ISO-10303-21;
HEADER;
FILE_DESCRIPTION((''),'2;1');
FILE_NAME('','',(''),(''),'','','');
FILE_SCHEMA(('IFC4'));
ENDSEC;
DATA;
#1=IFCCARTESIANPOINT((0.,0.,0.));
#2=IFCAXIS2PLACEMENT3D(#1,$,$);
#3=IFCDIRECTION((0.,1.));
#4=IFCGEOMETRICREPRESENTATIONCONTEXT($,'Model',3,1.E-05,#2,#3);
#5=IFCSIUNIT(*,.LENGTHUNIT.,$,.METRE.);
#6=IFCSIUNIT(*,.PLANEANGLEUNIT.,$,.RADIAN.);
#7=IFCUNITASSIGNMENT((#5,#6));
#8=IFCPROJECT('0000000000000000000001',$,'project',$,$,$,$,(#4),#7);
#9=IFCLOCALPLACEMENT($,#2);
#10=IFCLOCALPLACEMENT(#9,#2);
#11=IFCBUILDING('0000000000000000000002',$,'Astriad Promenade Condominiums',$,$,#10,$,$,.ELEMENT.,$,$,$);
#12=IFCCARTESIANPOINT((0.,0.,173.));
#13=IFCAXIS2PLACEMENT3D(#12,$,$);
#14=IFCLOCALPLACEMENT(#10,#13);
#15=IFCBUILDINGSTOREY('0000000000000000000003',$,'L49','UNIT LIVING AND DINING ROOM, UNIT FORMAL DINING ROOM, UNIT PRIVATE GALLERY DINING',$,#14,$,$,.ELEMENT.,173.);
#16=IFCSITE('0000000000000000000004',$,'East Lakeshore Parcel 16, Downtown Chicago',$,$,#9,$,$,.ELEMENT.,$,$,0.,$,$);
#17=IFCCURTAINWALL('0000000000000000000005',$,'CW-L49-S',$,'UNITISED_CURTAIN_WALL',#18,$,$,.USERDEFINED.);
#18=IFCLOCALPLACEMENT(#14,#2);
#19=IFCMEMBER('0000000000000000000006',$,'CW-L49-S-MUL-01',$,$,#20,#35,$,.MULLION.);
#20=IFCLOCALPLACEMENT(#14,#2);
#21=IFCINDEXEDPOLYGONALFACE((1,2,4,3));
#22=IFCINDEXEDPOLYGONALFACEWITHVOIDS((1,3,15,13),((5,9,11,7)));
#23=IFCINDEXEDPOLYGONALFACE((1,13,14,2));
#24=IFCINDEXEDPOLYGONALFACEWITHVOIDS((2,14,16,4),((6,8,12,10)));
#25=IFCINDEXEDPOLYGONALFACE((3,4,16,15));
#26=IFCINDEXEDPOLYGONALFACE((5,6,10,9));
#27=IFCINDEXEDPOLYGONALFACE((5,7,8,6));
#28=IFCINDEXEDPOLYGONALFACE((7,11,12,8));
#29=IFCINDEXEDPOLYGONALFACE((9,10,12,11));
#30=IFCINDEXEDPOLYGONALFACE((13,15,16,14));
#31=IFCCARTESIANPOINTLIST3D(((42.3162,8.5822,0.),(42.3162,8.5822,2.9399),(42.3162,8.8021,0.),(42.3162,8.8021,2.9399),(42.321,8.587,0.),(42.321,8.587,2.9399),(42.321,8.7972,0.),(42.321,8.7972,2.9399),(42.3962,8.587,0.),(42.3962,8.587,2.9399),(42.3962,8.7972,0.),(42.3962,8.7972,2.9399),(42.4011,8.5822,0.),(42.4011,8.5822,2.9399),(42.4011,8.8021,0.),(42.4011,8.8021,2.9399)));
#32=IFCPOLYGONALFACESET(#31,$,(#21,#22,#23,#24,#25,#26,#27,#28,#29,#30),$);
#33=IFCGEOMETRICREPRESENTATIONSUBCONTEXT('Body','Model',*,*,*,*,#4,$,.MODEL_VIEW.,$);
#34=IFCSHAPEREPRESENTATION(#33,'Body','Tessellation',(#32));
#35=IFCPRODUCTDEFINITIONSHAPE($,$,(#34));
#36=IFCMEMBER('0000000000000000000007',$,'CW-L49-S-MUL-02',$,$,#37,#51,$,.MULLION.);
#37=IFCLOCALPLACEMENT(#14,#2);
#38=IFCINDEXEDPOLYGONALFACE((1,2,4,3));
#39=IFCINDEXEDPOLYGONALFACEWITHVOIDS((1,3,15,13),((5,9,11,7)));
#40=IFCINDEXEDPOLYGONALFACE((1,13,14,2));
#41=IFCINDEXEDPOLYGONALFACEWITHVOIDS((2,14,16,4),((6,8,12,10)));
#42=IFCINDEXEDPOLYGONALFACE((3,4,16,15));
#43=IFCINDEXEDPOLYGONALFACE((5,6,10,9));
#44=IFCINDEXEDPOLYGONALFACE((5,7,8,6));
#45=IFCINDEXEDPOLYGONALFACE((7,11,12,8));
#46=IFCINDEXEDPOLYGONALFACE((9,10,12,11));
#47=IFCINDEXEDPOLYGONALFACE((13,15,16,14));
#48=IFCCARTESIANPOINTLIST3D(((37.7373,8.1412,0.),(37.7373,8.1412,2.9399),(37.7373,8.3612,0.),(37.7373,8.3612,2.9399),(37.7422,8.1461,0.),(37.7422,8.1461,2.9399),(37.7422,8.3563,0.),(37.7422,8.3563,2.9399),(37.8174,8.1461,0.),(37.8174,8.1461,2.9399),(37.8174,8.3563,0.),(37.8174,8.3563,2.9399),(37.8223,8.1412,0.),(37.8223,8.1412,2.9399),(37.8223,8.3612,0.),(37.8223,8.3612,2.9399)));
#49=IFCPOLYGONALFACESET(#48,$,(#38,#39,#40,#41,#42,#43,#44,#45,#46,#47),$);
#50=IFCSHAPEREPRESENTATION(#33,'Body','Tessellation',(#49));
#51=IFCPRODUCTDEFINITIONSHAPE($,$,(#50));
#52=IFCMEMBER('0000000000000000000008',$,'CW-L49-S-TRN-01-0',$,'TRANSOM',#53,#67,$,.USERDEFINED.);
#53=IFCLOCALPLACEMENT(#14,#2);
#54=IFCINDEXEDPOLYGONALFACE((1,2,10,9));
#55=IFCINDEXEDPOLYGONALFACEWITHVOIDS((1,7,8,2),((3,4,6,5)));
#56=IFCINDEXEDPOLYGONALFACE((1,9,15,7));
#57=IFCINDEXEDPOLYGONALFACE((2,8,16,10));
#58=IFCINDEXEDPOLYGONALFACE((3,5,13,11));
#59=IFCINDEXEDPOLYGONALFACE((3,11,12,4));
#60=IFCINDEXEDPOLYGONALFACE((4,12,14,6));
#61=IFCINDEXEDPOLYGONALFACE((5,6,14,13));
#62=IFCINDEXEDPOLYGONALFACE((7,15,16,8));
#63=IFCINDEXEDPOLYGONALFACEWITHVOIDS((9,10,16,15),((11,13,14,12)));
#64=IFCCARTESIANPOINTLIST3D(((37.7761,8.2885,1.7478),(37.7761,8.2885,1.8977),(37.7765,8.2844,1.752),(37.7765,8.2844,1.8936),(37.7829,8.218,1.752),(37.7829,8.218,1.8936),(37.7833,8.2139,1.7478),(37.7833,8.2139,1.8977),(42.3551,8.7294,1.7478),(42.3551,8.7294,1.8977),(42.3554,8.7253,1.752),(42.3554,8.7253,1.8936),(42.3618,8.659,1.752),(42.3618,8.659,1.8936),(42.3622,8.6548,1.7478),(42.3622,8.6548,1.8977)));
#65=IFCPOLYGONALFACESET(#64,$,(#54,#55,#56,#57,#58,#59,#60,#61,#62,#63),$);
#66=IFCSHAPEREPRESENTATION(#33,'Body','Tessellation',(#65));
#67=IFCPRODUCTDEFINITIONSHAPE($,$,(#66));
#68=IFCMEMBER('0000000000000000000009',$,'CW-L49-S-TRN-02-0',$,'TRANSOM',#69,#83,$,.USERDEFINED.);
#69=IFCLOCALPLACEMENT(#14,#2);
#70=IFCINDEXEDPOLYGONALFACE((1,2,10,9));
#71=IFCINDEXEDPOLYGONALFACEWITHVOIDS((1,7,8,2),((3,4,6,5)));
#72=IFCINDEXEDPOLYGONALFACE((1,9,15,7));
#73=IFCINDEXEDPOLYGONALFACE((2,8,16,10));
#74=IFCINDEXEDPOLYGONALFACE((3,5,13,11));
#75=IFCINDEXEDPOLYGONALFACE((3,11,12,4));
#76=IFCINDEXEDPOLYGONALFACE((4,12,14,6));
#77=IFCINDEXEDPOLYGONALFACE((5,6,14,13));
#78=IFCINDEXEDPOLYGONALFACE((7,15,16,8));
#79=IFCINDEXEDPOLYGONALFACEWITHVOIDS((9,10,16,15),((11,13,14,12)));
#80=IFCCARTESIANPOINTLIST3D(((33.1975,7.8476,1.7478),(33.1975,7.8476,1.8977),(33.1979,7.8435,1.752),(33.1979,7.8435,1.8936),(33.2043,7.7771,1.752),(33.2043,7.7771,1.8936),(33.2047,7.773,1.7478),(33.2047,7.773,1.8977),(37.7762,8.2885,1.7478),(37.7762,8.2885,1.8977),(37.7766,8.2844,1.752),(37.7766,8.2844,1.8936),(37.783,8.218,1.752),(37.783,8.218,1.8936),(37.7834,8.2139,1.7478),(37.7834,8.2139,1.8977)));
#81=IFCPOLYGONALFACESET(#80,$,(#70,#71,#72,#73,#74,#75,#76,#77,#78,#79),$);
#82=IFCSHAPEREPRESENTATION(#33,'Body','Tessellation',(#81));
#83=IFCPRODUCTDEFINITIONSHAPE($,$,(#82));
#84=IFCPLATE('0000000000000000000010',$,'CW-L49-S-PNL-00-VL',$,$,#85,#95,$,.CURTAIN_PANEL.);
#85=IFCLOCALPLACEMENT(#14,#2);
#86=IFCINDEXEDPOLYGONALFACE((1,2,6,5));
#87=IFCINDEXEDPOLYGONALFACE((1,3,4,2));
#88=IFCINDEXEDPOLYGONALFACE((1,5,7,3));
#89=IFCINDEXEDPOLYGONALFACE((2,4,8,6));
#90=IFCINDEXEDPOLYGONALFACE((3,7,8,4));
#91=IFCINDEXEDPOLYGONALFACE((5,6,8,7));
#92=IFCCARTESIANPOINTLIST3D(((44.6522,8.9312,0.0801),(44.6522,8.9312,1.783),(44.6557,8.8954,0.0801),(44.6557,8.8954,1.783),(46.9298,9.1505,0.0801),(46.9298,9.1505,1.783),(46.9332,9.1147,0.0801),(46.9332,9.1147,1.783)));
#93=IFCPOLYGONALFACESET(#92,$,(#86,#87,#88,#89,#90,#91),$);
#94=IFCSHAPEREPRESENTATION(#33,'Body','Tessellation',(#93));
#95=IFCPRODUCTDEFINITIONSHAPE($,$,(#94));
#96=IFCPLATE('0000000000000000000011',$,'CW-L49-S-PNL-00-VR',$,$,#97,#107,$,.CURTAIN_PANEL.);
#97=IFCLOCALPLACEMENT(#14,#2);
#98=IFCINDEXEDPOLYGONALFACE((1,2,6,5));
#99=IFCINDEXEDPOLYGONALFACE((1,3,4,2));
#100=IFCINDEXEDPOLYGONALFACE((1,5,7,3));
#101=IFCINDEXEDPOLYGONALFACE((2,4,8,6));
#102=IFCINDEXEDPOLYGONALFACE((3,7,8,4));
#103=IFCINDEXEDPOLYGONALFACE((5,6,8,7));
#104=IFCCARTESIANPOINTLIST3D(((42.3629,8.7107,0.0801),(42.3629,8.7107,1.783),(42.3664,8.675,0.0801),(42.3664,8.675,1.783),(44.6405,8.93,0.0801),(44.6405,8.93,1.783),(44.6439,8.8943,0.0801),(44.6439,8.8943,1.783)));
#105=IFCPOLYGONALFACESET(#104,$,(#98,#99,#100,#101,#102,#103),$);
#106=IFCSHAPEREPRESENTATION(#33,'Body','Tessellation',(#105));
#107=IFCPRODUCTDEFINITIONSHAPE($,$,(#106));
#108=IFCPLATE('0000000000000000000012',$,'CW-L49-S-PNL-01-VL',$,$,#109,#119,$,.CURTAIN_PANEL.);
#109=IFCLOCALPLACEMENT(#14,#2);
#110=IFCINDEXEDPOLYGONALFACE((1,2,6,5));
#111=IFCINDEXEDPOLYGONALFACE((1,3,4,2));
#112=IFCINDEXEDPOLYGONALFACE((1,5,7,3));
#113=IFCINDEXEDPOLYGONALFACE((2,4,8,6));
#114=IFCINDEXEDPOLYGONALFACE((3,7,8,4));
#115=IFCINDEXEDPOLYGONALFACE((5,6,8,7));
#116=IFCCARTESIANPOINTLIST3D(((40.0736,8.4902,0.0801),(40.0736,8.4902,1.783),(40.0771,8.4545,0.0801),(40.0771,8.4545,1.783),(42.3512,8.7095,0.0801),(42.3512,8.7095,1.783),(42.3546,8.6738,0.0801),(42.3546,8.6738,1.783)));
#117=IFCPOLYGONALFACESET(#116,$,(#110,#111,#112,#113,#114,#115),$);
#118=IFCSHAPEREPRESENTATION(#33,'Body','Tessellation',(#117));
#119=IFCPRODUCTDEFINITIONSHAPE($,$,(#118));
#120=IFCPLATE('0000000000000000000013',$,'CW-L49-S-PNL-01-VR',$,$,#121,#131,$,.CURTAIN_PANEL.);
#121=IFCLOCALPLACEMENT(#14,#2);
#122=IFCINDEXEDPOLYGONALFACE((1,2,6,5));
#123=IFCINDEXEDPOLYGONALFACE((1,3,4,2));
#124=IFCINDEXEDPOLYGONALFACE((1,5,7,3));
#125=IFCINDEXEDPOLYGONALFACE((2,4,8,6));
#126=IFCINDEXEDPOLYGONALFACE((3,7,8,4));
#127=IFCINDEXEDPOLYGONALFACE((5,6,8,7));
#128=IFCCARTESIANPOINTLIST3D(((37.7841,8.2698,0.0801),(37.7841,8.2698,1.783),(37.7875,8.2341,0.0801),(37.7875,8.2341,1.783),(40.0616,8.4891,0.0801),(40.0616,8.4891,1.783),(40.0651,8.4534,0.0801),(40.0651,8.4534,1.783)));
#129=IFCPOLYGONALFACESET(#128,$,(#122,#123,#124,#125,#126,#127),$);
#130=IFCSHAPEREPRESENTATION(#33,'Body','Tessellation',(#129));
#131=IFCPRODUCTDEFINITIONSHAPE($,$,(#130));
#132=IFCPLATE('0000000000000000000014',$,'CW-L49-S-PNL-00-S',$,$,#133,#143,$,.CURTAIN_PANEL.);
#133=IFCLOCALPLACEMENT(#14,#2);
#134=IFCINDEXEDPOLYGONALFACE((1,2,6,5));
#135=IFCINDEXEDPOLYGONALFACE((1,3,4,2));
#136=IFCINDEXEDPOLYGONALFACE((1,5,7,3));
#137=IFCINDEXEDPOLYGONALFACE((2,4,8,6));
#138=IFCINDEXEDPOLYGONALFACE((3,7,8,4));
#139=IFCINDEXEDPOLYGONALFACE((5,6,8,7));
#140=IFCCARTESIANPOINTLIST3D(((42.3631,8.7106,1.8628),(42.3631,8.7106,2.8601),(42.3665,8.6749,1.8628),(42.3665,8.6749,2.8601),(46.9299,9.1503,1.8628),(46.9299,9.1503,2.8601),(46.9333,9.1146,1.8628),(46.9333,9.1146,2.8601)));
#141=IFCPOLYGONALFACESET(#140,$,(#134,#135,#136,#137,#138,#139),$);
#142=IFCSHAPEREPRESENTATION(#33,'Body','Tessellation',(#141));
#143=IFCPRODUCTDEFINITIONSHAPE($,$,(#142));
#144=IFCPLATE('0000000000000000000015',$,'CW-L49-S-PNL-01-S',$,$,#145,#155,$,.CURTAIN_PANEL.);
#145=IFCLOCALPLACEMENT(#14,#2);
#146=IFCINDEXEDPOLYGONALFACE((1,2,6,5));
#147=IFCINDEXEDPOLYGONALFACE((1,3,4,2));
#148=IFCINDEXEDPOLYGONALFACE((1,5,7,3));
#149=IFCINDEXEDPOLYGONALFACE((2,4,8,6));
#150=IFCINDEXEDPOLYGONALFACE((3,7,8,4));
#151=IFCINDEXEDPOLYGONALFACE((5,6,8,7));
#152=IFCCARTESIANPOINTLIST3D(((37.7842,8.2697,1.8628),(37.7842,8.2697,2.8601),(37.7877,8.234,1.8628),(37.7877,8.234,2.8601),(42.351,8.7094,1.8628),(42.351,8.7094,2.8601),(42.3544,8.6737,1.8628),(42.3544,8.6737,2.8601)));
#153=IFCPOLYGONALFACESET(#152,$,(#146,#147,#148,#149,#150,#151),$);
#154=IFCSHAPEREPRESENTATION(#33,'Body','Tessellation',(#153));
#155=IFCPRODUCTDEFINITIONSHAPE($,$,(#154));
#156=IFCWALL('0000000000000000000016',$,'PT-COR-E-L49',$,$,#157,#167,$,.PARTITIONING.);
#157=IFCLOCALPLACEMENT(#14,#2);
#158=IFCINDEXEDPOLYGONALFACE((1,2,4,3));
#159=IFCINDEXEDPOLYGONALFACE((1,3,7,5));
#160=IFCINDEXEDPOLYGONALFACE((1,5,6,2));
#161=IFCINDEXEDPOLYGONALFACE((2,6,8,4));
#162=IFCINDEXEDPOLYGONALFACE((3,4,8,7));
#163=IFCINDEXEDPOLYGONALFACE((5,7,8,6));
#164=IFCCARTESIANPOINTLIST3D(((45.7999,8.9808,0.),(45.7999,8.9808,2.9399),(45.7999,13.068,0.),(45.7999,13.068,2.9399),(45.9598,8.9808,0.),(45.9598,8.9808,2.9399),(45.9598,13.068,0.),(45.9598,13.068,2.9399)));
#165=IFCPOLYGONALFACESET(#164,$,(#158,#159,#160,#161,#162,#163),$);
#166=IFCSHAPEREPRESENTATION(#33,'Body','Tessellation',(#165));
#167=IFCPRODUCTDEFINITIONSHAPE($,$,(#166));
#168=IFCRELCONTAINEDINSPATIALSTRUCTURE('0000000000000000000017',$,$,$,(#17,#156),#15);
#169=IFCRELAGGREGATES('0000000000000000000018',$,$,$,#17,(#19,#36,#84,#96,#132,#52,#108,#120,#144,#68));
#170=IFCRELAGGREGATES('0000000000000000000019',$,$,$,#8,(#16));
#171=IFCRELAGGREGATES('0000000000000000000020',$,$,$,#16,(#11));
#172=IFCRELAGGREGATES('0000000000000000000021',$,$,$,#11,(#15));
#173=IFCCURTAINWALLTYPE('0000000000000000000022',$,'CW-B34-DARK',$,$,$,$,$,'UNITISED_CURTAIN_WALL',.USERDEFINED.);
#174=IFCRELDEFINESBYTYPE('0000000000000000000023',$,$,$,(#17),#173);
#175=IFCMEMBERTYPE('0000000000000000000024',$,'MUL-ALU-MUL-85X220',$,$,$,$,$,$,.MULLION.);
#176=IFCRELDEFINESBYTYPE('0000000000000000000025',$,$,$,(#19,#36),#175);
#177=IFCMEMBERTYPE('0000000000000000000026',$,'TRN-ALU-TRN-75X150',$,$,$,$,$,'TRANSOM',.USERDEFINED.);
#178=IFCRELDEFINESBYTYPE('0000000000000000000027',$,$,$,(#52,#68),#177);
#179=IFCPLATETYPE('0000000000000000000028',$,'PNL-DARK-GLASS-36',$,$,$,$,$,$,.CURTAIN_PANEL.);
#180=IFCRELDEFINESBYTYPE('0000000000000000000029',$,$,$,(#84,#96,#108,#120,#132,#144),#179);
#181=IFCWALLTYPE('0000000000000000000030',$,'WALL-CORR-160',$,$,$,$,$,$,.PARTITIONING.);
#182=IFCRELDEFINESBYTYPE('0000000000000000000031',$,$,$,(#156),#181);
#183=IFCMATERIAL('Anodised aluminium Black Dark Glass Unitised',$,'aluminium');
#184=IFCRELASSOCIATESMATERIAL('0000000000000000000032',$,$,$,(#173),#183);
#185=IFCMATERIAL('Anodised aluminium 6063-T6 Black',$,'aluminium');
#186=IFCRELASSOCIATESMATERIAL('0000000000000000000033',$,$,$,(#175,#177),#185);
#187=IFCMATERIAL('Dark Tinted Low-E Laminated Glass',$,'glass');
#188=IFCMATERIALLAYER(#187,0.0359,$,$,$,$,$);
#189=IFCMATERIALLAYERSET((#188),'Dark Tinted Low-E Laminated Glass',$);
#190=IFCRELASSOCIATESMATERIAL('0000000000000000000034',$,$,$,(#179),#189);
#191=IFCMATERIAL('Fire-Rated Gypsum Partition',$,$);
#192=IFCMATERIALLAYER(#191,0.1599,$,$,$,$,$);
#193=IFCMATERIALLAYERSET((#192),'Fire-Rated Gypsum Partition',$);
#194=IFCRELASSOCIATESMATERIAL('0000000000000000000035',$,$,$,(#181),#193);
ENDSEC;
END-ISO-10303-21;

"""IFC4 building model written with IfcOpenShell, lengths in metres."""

from ifc_helpers import new_model, si_unit, direction, frame, frame_2d, origin, origin_2d, place, context, subcontext, project, spatial, rectangle, hollow_rectangle, extrude, source, transform, mapped, material, layer, layer_set, material_profile, profile_set, type_object, type_shapes, element, aggregate, save


model = new_model("IFC4")

# Units and contexts
model_context = context("Model", 3, precision=1e-05, world=origin(), true_north=direction((0.0, 1.0)))
body_context = subcontext(model_context, "Body", "Model", "MODEL_VIEW")
ifc_project = project(units=[si_unit("LENGTHUNIT", "METRE"), si_unit("PLANEANGLEUNIT", "RADIAN")], contexts=[model_context])

# Site, building, storey
site_placement = place(None, origin())
site = spatial("IfcSite", under=ifc_project, at=site_placement, Name="East Lakeshore Parcel 16, Downtown Chicago", CompositionType="ELEMENT", RefElevation=0.0)
building_placement = place(site_placement, origin())
building = spatial("IfcBuilding", under=site, at=building_placement, Name="Astriad Promenade Condominiums", CompositionType="ELEMENT")
storey_placement = place(building_placement, frame((0.0, 0.0, 173.0)))
storey = spatial("IfcBuildingStorey", under=building, at=storey_placement, Name="L49", Description="UNIT LIVING AND DINING ROOM, UNIT FORMAL DINING ROOM, UNIT PRIVATE GALLERY DINING", CompositionType="ELEMENT", Elevation=173.0)

# Curtain wall, members, plates
ifc_material_1 = material(Name="Anodised aluminium Black Dark Glass Unitised", Category="aluminium")
curtain_wall_type = type_object("IfcCurtainWallType", Name="CW-B34-DARK", ElementType="UNITISED_CURTAIN_WALL", PredefinedType="USERDEFINED", material=ifc_material_1)
curtain_wall_placement = place(storey_placement, origin())
curtain_wall = element("IfcCurtainWall", 1, at=curtain_wall_placement, inside=storey, type_object=curtain_wall_type, Name="CW-L49-S", ObjectType="UNITISED_CURTAIN_WALL", PredefinedType="USERDEFINED")
ifc_material_2 = material(Name="Anodised aluminium 6063-T6 Black", Category="aluminium")
ifc_material_profile_1 = material_profile(ifc_material_2, hollow_rectangle(XDim=0.085, YDim=0.22, WallThickness=0.0049, at=origin_2d()), Name="ALU-MUL-85X220")
ifc_profile_set_1 = profile_set([ifc_material_profile_1], Name="Anodised aluminium 6063-T6 Black")
member_type_1 = type_object("IfcMemberType", Name="MUL-ALU-MUL-85X220", PredefinedType="MULLION", material=ifc_profile_set_1)
shared_shape_1 = source(origin(), body_context, "Body", "SweptSolid", [
    extrude(hollow_rectangle(XDim=0.085, YDim=0.22, WallThickness=0.0049, at=origin_2d()), origin(), (0.0, 0.0, 1.0), 2.9399),
])
type_shapes(member_type_1, [shared_shape_1])
member_1_placement = place(storey_placement, frame((42.3586, 8.6921, 0.0), z_axis=(0.0, 0.0, 1.0), x_axis=(1.0, 0.0, 0.0)))
member_1 = element("IfcMember", 2, at=member_1_placement, type_object=member_type_1, Name="CW-L49-S-MUL-01", PredefinedType="MULLION", context=body_context, shape_type="MappedRepresentation", body=[
    mapped(shared_shape_1, transform((0.0, 0.0, 0.0), scale=1.0)),
])
member_2_placement = place(storey_placement, frame((37.7798, 8.2512, 0.0), z_axis=(0.0, 0.0, 1.0), x_axis=(1.0, 0.0, 0.0)))
member_2 = element("IfcMember", 3, at=member_2_placement, type_object=member_type_1, Name="CW-L49-S-MUL-02", PredefinedType="MULLION", context=body_context, shape_type="MappedRepresentation", body=[
    mapped(shared_shape_1, transform((0.0, 0.0, 0.0), scale=1.0)),
])
ifc_material_profile_2 = material_profile(ifc_material_2, hollow_rectangle(XDim=0.075, YDim=0.1499, WallThickness=0.0042, at=origin_2d()), Name="ALU-TRN-75X150")
ifc_profile_set_2 = profile_set([ifc_material_profile_2], Name="Anodised aluminium 6063-T6 Black")
member_type_2 = type_object("IfcMemberType", Name="TRN-ALU-TRN-75X150", ElementType="TRANSOM", PredefinedType="USERDEFINED", material=ifc_profile_set_2)
shared_shape_2 = source(origin(), body_context, "Body", "SweptSolid", [
    extrude(hollow_rectangle(XDim=0.075, YDim=0.1499, WallThickness=0.0042, at=origin_2d()), origin(), (0.0, 0.0, 1.0), 4.6001),
])
member_3_placement = place(storey_placement, frame((42.3586, 8.6921, 1.8228), z_axis=(-0.995396, -0.095851, 0.0), x_axis=(0.095851, -0.995396, 0.0)))
member_3 = element("IfcMember", 4, at=member_3_placement, type_object=member_type_2, Name="CW-L49-S-TRN-01-0", ObjectType="TRANSOM", PredefinedType="USERDEFINED", context=body_context, shape_type="MappedRepresentation", body=[
    mapped(shared_shape_2, transform((0.0, 0.0, 0.0), scale=1.0)),
])
shared_shape_3 = source(origin(), body_context, "Body", "SweptSolid", [
    extrude(hollow_rectangle(XDim=0.075, YDim=0.1499, WallThickness=0.0042, at=origin_2d()), origin(), (0.0, 0.0, 1.0), 4.5999),
])
type_shapes(member_type_2, [shared_shape_2, shared_shape_3])
member_4_placement = place(storey_placement, frame((37.7798, 8.2512, 1.8228), z_axis=(-0.995395, -0.095856, 0.0), x_axis=(0.095856, -0.995395, 0.0)))
member_4 = element("IfcMember", 5, at=member_4_placement, type_object=member_type_2, Name="CW-L49-S-TRN-02-0", ObjectType="TRANSOM", PredefinedType="USERDEFINED", context=body_context, shape_type="MappedRepresentation", body=[
    mapped(shared_shape_3, transform((0.0, 0.0, 0.0), scale=1.0)),
])
ifc_material_3 = material(Name="Dark Tinted Low-E Laminated Glass", Category="glass")
ifc_layer_1 = layer(ifc_material_3, 0.0359)
ifc_layer_set_1 = layer_set([ifc_layer_1], Name="Dark Tinted Low-E Laminated Glass")
plate_type = type_object("IfcPlateType", Name="PNL-DARK-GLASS-36", PredefinedType="CURTAIN_PANEL", material=ifc_layer_set_1)
shared_shape_4 = source(origin(), body_context, "Body", "SweptSolid", [
    extrude(rectangle(XDim=2.2881, YDim=0.0359, at=origin_2d()), origin(), (0.0, 0.0, 1.0), 1.7029),
])
plate_1_placement = place(storey_placement, frame((45.7927, 9.0229, 0.0801), z_axis=(0.0, 0.0, 1.0), x_axis=(-0.995396, -0.095846, 0.0)))
plate_1 = element("IfcPlate", 6, at=plate_1_placement, type_object=plate_type, Name="CW-L49-S-PNL-00-VL", PredefinedType="CURTAIN_PANEL", context=body_context, shape_type="MappedRepresentation", body=[
    mapped(shared_shape_4, transform((0.0, 0.0, 0.0), scale=1.0)),
])
plate_2_placement = place(storey_placement, frame((43.5034, 8.8025, 0.0801), z_axis=(0.0, 0.0, 1.0), x_axis=(-0.995396, -0.095846, 0.0)))
plate_2 = element("IfcPlate", 7, at=plate_2_placement, type_object=plate_type, Name="CW-L49-S-PNL-00-VR", PredefinedType="CURTAIN_PANEL", context=body_context, shape_type="MappedRepresentation", body=[
    mapped(shared_shape_4, transform((0.0, 0.0, 0.0), scale=1.0)),
])
plate_3_placement = place(storey_placement, frame((41.2141, 8.582, 0.0801), z_axis=(0.0, 0.0, 1.0), x_axis=(-0.995396, -0.095846, 0.0)))
plate_3 = element("IfcPlate", 8, at=plate_3_placement, type_object=plate_type, Name="CW-L49-S-PNL-01-VL", PredefinedType="CURTAIN_PANEL", context=body_context, shape_type="MappedRepresentation", body=[
    mapped(shared_shape_4, transform((0.0, 0.0, 0.0), scale=1.0)),
])
plate_4_placement = place(storey_placement, frame((38.9246, 8.3616, 0.0801), z_axis=(0.0, 0.0, 1.0), x_axis=(-0.995396, -0.095846, 0.0)))
plate_4 = element("IfcPlate", 9, at=plate_4_placement, type_object=plate_type, Name="CW-L49-S-PNL-01-VR", PredefinedType="CURTAIN_PANEL", context=body_context, shape_type="MappedRepresentation", body=[
    mapped(shared_shape_4, transform((0.0, 0.0, 0.0), scale=1.0)),
])
shared_shape_5 = source(origin(), body_context, "Body", "SweptSolid", [
    extrude(rectangle(XDim=4.5879, YDim=0.0359, at=origin_2d()), origin(), (0.0, 0.0, 1.0), 0.9973),
])
type_shapes(plate_type, [shared_shape_4, shared_shape_5])
plate_5_placement = place(storey_placement, frame((44.6482, 8.9126, 1.8628), z_axis=(0.0, 0.0, 1.0), x_axis=(-0.995396, -0.095846, 0.0)))
plate_5 = element("IfcPlate", 10, at=plate_5_placement, type_object=plate_type, Name="CW-L49-S-PNL-00-S", PredefinedType="CURTAIN_PANEL", context=body_context, shape_type="MappedRepresentation", body=[
    mapped(shared_shape_5, transform((0.0, 0.0, 0.0), scale=1.0)),
])
plate_6_placement = place(storey_placement, frame((40.0693, 8.4717, 1.8628), z_axis=(0.0, 0.0, 1.0), x_axis=(-0.995396, -0.095846, 0.0)))
plate_6 = element("IfcPlate", 11, at=plate_6_placement, type_object=plate_type, Name="CW-L49-S-PNL-01-S", PredefinedType="CURTAIN_PANEL", context=body_context, shape_type="MappedRepresentation", body=[
    mapped(shared_shape_5, transform((0.0, 0.0, 0.0), scale=1.0)),
])
aggregate(curtain_wall, [member_1, member_2, plate_1, plate_2, plate_5, member_3, plate_3, plate_4, plate_6, member_4])

# Wall
ifc_material_4 = material(Name="Fire-Rated Gypsum Partition")
ifc_layer_2 = layer(ifc_material_4, 0.1599)
ifc_layer_set_2 = layer_set([ifc_layer_2], Name="Fire-Rated Gypsum Partition")
wall_type_1 = type_object("IfcWallType", Name="WALL-CORR-160", PredefinedType="PARTITIONING", material=ifc_layer_set_2)
wall_1_placement = place(storey_placement, frame((45.8799, 8.981, 0.0), z_axis=(0.0, 0.0, 1.0), x_axis=(0.0, 1.0, 0.0)))
element("IfcWall", 12, at=wall_1_placement, inside=storey, type_object=wall_type_1, Name="PT-COR-E-L49", PredefinedType="PARTITIONING", context=body_context, shape_type="SweptSolid", body=[
    extrude(rectangle(XDim=4.0872, YDim=0.1599, at=frame_2d((2.0435, 0.0))), origin(), (0.0, 0.0, 1.0), 2.9399),
])

save(model, "model.ifc")
